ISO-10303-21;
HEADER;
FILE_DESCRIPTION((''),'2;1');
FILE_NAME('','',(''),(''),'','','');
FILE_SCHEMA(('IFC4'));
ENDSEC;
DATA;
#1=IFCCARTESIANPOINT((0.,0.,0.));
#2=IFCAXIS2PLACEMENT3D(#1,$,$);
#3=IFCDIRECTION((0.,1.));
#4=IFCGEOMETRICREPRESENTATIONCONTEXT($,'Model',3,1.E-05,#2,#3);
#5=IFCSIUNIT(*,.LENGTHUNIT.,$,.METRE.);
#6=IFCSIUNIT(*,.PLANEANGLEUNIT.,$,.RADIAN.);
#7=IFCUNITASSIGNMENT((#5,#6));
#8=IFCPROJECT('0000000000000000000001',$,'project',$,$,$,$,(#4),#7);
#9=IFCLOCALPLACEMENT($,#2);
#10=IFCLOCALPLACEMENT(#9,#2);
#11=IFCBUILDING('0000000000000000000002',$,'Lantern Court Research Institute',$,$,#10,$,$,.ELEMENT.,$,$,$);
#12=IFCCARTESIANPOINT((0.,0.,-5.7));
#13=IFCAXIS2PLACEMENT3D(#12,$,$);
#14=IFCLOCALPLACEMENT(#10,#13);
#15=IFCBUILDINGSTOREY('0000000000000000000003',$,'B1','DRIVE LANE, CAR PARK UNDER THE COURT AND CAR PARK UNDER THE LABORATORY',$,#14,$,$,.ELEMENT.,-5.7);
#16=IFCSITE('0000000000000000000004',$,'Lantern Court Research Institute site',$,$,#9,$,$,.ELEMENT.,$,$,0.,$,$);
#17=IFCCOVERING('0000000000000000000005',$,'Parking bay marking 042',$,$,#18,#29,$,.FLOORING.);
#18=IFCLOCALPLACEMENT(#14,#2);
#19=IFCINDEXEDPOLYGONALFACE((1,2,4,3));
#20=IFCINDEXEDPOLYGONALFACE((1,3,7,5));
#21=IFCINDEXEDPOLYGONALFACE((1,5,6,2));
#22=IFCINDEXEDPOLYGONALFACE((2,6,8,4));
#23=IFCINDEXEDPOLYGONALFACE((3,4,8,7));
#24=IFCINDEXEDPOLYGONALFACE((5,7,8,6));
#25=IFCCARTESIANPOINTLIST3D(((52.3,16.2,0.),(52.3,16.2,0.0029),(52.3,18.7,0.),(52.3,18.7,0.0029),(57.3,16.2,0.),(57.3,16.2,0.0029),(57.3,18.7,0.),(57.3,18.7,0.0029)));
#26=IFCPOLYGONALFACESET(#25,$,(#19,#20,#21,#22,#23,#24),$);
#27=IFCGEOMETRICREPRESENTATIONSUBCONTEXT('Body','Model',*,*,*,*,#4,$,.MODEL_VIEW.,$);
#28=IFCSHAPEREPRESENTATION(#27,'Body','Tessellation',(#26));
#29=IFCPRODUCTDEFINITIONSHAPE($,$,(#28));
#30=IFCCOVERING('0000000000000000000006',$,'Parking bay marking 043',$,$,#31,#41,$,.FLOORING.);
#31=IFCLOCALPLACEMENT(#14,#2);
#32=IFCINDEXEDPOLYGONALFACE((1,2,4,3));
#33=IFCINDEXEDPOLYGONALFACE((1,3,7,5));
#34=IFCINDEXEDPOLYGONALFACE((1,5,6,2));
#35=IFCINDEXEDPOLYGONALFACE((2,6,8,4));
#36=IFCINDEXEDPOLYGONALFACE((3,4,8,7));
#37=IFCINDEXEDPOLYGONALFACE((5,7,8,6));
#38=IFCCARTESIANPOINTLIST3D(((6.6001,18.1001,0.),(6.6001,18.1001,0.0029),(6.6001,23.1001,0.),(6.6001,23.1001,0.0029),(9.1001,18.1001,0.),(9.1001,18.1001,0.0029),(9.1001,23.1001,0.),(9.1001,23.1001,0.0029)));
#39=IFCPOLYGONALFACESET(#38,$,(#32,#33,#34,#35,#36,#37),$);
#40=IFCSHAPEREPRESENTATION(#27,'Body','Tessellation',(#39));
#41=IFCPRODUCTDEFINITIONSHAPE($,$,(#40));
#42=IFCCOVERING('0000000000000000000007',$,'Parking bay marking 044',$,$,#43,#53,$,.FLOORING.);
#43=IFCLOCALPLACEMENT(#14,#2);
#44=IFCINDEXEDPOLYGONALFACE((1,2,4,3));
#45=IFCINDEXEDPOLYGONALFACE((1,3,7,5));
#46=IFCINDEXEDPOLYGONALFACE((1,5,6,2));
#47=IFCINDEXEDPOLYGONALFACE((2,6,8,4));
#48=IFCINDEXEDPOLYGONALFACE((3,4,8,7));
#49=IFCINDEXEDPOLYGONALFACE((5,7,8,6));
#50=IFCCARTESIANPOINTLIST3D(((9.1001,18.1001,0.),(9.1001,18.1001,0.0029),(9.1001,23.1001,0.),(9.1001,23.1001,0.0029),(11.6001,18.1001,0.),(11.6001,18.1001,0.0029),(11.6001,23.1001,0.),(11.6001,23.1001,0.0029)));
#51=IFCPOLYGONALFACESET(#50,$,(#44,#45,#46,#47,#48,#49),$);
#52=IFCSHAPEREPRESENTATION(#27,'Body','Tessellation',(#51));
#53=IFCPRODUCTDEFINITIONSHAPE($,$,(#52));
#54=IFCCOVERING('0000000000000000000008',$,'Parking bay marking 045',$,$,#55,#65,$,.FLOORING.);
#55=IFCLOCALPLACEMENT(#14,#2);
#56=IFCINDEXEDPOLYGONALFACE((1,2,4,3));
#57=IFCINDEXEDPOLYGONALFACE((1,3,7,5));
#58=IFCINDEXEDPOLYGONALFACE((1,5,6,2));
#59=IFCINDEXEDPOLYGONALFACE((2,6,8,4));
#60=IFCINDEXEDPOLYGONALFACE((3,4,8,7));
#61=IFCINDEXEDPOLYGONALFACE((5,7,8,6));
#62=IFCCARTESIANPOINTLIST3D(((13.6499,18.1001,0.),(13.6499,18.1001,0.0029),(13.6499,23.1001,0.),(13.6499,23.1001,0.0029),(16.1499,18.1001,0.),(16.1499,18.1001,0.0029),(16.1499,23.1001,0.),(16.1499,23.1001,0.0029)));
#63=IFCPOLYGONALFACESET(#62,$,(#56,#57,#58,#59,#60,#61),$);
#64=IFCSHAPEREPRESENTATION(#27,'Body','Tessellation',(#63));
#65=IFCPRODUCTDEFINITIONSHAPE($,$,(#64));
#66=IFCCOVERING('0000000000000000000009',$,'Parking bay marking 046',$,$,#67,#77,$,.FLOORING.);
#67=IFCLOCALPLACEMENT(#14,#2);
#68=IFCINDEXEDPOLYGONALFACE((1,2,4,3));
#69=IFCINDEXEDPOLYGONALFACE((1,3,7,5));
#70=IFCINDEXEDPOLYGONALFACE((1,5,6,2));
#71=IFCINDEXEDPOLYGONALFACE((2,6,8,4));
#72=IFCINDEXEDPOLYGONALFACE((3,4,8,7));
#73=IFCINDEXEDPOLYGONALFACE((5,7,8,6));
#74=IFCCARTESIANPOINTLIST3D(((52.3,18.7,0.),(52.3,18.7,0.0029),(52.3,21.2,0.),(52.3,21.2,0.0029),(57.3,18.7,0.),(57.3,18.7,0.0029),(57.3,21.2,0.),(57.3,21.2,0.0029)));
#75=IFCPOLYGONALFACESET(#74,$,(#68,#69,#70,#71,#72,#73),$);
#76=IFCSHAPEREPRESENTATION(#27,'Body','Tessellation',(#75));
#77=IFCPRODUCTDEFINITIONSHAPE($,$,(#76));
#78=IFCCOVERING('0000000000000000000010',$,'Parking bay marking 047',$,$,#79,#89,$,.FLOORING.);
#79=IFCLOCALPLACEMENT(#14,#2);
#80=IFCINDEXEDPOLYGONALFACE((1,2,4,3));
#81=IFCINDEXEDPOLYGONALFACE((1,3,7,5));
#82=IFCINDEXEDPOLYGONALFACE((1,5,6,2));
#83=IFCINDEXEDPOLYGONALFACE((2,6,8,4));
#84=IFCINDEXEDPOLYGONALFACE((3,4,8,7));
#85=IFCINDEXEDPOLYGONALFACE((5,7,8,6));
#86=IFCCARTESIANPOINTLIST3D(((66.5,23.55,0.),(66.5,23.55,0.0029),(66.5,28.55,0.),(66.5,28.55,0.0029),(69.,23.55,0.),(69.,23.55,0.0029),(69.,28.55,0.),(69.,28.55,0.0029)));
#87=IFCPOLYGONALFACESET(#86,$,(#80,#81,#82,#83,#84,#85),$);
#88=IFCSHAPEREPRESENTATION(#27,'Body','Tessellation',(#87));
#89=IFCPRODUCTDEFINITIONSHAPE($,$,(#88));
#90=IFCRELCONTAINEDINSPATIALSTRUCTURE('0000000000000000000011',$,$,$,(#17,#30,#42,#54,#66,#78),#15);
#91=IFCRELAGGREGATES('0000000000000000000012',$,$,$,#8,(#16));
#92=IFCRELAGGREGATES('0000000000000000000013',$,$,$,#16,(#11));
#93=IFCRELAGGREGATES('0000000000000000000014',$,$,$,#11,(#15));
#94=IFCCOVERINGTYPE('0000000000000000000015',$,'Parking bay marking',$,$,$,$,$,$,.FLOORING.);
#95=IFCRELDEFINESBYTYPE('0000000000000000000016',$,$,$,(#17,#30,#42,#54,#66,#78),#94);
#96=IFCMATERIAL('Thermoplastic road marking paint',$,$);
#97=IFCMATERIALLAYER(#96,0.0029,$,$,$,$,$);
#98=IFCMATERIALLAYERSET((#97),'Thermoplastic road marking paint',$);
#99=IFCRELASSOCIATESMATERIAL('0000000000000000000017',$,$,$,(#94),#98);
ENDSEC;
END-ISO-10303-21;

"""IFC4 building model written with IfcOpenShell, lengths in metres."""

from ifc_helpers import new_model, si_unit, direction, frame, origin, place, context, subcontext, project, spatial, polyline, outline, extrude, material, layer, layer_set, type_object, element, save


model = new_model("IFC4")

# Units and contexts
model_context = context("Model", 3, precision=1e-05, world=origin(), true_north=direction((0.0, 1.0)))
body_context = subcontext(model_context, "Body", "Model", "MODEL_VIEW")
ifc_project = project(units=[si_unit("LENGTHUNIT", "METRE"), si_unit("PLANEANGLEUNIT", "RADIAN")], contexts=[model_context])

# Site, building, storey
site_placement = place(None, origin())
site = spatial("IfcSite", under=ifc_project, at=site_placement, Name="Lantern Court Research Institute site", CompositionType="ELEMENT", RefElevation=0.0)
building_placement = place(site_placement, origin())
building = spatial("IfcBuilding", under=site, at=building_placement, Name="Lantern Court Research Institute", CompositionType="ELEMENT")
storey_placement = place(building_placement, frame((0.0, 0.0, -5.7)))
storey = spatial("IfcBuildingStorey", under=building, at=storey_placement, Name="B1", Description="DRIVE LANE, CAR PARK UNDER THE COURT AND CAR PARK UNDER THE LABORATORY", CompositionType="ELEMENT", Elevation=-5.7)

# Coverings
ifc_material_1 = material(Name="Thermoplastic road marking paint")
ifc_layer_1 = layer(ifc_material_1, 0.0029)
ifc_layer_set_1 = layer_set([ifc_layer_1], Name="Thermoplastic road marking paint")
covering_type_1 = type_object("IfcCoveringType", Name="Parking bay marking", PredefinedType="FLOORING", material=ifc_layer_set_1)
covering_1_placement = place(storey_placement, origin())
element("IfcCovering", 1, at=covering_1_placement, inside=storey, type_object=covering_type_1, Name="Parking bay marking 042", PredefinedType="FLOORING", context=body_context, shape_type="SweptSolid", body=[
    extrude(outline(polyline([(52.3, 16.2), (57.3, 16.2), (57.3, 18.7), (52.3, 18.7), (52.3, 16.2)])), origin(), (0.0, 0.0, 1.0), 0.0029),
])
covering_2_placement = place(storey_placement, origin())
element("IfcCovering", 2, at=covering_2_placement, inside=storey, type_object=covering_type_1, Name="Parking bay marking 043", PredefinedType="FLOORING", context=body_context, shape_type="SweptSolid", body=[
    extrude(outline(polyline([(6.6001, 18.1001), (9.1001, 18.1001), (9.1001, 23.1001), (6.6001, 23.1001), (6.6001, 18.1001)])), origin(), (0.0, 0.0, 1.0), 0.0029),
])
covering_3_placement = place(storey_placement, origin())
element("IfcCovering", 3, at=covering_3_placement, inside=storey, type_object=covering_type_1, Name="Parking bay marking 044", PredefinedType="FLOORING", context=body_context, shape_type="SweptSolid", body=[
    extrude(outline(polyline([(9.1001, 18.1001), (11.6001, 18.1001), (11.6001, 23.1001), (9.1001, 23.1001), (9.1001, 18.1001)])), origin(), (0.0, 0.0, 1.0), 0.0029),
])
covering_4_placement = place(storey_placement, origin())
element("IfcCovering", 4, at=covering_4_placement, inside=storey, type_object=covering_type_1, Name="Parking bay marking 045", PredefinedType="FLOORING", context=body_context, shape_type="SweptSolid", body=[
    extrude(outline(polyline([(13.6499, 18.1001), (16.1499, 18.1001), (16.1499, 23.1001), (13.6499, 23.1001), (13.6499, 18.1001)])), origin(), (0.0, 0.0, 1.0), 0.0029),
])
covering_5_placement = place(storey_placement, origin())
element("IfcCovering", 5, at=covering_5_placement, inside=storey, type_object=covering_type_1, Name="Parking bay marking 046", PredefinedType="FLOORING", context=body_context, shape_type="SweptSolid", body=[
    extrude(outline(polyline([(52.3, 18.7), (57.3, 18.7), (57.3, 21.2), (52.3, 21.2), (52.3, 18.7)])), origin(), (0.0, 0.0, 1.0), 0.0029),
])
covering_6_placement = place(storey_placement, origin())
element("IfcCovering", 6, at=covering_6_placement, inside=storey, type_object=covering_type_1, Name="Parking bay marking 047", PredefinedType="FLOORING", context=body_context, shape_type="SweptSolid", body=[
    extrude(outline(polyline([(66.5, 23.55), (69.0, 23.55), (69.0, 28.55), (66.5, 28.55), (66.5, 23.55)])), origin(), (0.0, 0.0, 1.0), 0.0029),
])

save(model, "model.ifc")
